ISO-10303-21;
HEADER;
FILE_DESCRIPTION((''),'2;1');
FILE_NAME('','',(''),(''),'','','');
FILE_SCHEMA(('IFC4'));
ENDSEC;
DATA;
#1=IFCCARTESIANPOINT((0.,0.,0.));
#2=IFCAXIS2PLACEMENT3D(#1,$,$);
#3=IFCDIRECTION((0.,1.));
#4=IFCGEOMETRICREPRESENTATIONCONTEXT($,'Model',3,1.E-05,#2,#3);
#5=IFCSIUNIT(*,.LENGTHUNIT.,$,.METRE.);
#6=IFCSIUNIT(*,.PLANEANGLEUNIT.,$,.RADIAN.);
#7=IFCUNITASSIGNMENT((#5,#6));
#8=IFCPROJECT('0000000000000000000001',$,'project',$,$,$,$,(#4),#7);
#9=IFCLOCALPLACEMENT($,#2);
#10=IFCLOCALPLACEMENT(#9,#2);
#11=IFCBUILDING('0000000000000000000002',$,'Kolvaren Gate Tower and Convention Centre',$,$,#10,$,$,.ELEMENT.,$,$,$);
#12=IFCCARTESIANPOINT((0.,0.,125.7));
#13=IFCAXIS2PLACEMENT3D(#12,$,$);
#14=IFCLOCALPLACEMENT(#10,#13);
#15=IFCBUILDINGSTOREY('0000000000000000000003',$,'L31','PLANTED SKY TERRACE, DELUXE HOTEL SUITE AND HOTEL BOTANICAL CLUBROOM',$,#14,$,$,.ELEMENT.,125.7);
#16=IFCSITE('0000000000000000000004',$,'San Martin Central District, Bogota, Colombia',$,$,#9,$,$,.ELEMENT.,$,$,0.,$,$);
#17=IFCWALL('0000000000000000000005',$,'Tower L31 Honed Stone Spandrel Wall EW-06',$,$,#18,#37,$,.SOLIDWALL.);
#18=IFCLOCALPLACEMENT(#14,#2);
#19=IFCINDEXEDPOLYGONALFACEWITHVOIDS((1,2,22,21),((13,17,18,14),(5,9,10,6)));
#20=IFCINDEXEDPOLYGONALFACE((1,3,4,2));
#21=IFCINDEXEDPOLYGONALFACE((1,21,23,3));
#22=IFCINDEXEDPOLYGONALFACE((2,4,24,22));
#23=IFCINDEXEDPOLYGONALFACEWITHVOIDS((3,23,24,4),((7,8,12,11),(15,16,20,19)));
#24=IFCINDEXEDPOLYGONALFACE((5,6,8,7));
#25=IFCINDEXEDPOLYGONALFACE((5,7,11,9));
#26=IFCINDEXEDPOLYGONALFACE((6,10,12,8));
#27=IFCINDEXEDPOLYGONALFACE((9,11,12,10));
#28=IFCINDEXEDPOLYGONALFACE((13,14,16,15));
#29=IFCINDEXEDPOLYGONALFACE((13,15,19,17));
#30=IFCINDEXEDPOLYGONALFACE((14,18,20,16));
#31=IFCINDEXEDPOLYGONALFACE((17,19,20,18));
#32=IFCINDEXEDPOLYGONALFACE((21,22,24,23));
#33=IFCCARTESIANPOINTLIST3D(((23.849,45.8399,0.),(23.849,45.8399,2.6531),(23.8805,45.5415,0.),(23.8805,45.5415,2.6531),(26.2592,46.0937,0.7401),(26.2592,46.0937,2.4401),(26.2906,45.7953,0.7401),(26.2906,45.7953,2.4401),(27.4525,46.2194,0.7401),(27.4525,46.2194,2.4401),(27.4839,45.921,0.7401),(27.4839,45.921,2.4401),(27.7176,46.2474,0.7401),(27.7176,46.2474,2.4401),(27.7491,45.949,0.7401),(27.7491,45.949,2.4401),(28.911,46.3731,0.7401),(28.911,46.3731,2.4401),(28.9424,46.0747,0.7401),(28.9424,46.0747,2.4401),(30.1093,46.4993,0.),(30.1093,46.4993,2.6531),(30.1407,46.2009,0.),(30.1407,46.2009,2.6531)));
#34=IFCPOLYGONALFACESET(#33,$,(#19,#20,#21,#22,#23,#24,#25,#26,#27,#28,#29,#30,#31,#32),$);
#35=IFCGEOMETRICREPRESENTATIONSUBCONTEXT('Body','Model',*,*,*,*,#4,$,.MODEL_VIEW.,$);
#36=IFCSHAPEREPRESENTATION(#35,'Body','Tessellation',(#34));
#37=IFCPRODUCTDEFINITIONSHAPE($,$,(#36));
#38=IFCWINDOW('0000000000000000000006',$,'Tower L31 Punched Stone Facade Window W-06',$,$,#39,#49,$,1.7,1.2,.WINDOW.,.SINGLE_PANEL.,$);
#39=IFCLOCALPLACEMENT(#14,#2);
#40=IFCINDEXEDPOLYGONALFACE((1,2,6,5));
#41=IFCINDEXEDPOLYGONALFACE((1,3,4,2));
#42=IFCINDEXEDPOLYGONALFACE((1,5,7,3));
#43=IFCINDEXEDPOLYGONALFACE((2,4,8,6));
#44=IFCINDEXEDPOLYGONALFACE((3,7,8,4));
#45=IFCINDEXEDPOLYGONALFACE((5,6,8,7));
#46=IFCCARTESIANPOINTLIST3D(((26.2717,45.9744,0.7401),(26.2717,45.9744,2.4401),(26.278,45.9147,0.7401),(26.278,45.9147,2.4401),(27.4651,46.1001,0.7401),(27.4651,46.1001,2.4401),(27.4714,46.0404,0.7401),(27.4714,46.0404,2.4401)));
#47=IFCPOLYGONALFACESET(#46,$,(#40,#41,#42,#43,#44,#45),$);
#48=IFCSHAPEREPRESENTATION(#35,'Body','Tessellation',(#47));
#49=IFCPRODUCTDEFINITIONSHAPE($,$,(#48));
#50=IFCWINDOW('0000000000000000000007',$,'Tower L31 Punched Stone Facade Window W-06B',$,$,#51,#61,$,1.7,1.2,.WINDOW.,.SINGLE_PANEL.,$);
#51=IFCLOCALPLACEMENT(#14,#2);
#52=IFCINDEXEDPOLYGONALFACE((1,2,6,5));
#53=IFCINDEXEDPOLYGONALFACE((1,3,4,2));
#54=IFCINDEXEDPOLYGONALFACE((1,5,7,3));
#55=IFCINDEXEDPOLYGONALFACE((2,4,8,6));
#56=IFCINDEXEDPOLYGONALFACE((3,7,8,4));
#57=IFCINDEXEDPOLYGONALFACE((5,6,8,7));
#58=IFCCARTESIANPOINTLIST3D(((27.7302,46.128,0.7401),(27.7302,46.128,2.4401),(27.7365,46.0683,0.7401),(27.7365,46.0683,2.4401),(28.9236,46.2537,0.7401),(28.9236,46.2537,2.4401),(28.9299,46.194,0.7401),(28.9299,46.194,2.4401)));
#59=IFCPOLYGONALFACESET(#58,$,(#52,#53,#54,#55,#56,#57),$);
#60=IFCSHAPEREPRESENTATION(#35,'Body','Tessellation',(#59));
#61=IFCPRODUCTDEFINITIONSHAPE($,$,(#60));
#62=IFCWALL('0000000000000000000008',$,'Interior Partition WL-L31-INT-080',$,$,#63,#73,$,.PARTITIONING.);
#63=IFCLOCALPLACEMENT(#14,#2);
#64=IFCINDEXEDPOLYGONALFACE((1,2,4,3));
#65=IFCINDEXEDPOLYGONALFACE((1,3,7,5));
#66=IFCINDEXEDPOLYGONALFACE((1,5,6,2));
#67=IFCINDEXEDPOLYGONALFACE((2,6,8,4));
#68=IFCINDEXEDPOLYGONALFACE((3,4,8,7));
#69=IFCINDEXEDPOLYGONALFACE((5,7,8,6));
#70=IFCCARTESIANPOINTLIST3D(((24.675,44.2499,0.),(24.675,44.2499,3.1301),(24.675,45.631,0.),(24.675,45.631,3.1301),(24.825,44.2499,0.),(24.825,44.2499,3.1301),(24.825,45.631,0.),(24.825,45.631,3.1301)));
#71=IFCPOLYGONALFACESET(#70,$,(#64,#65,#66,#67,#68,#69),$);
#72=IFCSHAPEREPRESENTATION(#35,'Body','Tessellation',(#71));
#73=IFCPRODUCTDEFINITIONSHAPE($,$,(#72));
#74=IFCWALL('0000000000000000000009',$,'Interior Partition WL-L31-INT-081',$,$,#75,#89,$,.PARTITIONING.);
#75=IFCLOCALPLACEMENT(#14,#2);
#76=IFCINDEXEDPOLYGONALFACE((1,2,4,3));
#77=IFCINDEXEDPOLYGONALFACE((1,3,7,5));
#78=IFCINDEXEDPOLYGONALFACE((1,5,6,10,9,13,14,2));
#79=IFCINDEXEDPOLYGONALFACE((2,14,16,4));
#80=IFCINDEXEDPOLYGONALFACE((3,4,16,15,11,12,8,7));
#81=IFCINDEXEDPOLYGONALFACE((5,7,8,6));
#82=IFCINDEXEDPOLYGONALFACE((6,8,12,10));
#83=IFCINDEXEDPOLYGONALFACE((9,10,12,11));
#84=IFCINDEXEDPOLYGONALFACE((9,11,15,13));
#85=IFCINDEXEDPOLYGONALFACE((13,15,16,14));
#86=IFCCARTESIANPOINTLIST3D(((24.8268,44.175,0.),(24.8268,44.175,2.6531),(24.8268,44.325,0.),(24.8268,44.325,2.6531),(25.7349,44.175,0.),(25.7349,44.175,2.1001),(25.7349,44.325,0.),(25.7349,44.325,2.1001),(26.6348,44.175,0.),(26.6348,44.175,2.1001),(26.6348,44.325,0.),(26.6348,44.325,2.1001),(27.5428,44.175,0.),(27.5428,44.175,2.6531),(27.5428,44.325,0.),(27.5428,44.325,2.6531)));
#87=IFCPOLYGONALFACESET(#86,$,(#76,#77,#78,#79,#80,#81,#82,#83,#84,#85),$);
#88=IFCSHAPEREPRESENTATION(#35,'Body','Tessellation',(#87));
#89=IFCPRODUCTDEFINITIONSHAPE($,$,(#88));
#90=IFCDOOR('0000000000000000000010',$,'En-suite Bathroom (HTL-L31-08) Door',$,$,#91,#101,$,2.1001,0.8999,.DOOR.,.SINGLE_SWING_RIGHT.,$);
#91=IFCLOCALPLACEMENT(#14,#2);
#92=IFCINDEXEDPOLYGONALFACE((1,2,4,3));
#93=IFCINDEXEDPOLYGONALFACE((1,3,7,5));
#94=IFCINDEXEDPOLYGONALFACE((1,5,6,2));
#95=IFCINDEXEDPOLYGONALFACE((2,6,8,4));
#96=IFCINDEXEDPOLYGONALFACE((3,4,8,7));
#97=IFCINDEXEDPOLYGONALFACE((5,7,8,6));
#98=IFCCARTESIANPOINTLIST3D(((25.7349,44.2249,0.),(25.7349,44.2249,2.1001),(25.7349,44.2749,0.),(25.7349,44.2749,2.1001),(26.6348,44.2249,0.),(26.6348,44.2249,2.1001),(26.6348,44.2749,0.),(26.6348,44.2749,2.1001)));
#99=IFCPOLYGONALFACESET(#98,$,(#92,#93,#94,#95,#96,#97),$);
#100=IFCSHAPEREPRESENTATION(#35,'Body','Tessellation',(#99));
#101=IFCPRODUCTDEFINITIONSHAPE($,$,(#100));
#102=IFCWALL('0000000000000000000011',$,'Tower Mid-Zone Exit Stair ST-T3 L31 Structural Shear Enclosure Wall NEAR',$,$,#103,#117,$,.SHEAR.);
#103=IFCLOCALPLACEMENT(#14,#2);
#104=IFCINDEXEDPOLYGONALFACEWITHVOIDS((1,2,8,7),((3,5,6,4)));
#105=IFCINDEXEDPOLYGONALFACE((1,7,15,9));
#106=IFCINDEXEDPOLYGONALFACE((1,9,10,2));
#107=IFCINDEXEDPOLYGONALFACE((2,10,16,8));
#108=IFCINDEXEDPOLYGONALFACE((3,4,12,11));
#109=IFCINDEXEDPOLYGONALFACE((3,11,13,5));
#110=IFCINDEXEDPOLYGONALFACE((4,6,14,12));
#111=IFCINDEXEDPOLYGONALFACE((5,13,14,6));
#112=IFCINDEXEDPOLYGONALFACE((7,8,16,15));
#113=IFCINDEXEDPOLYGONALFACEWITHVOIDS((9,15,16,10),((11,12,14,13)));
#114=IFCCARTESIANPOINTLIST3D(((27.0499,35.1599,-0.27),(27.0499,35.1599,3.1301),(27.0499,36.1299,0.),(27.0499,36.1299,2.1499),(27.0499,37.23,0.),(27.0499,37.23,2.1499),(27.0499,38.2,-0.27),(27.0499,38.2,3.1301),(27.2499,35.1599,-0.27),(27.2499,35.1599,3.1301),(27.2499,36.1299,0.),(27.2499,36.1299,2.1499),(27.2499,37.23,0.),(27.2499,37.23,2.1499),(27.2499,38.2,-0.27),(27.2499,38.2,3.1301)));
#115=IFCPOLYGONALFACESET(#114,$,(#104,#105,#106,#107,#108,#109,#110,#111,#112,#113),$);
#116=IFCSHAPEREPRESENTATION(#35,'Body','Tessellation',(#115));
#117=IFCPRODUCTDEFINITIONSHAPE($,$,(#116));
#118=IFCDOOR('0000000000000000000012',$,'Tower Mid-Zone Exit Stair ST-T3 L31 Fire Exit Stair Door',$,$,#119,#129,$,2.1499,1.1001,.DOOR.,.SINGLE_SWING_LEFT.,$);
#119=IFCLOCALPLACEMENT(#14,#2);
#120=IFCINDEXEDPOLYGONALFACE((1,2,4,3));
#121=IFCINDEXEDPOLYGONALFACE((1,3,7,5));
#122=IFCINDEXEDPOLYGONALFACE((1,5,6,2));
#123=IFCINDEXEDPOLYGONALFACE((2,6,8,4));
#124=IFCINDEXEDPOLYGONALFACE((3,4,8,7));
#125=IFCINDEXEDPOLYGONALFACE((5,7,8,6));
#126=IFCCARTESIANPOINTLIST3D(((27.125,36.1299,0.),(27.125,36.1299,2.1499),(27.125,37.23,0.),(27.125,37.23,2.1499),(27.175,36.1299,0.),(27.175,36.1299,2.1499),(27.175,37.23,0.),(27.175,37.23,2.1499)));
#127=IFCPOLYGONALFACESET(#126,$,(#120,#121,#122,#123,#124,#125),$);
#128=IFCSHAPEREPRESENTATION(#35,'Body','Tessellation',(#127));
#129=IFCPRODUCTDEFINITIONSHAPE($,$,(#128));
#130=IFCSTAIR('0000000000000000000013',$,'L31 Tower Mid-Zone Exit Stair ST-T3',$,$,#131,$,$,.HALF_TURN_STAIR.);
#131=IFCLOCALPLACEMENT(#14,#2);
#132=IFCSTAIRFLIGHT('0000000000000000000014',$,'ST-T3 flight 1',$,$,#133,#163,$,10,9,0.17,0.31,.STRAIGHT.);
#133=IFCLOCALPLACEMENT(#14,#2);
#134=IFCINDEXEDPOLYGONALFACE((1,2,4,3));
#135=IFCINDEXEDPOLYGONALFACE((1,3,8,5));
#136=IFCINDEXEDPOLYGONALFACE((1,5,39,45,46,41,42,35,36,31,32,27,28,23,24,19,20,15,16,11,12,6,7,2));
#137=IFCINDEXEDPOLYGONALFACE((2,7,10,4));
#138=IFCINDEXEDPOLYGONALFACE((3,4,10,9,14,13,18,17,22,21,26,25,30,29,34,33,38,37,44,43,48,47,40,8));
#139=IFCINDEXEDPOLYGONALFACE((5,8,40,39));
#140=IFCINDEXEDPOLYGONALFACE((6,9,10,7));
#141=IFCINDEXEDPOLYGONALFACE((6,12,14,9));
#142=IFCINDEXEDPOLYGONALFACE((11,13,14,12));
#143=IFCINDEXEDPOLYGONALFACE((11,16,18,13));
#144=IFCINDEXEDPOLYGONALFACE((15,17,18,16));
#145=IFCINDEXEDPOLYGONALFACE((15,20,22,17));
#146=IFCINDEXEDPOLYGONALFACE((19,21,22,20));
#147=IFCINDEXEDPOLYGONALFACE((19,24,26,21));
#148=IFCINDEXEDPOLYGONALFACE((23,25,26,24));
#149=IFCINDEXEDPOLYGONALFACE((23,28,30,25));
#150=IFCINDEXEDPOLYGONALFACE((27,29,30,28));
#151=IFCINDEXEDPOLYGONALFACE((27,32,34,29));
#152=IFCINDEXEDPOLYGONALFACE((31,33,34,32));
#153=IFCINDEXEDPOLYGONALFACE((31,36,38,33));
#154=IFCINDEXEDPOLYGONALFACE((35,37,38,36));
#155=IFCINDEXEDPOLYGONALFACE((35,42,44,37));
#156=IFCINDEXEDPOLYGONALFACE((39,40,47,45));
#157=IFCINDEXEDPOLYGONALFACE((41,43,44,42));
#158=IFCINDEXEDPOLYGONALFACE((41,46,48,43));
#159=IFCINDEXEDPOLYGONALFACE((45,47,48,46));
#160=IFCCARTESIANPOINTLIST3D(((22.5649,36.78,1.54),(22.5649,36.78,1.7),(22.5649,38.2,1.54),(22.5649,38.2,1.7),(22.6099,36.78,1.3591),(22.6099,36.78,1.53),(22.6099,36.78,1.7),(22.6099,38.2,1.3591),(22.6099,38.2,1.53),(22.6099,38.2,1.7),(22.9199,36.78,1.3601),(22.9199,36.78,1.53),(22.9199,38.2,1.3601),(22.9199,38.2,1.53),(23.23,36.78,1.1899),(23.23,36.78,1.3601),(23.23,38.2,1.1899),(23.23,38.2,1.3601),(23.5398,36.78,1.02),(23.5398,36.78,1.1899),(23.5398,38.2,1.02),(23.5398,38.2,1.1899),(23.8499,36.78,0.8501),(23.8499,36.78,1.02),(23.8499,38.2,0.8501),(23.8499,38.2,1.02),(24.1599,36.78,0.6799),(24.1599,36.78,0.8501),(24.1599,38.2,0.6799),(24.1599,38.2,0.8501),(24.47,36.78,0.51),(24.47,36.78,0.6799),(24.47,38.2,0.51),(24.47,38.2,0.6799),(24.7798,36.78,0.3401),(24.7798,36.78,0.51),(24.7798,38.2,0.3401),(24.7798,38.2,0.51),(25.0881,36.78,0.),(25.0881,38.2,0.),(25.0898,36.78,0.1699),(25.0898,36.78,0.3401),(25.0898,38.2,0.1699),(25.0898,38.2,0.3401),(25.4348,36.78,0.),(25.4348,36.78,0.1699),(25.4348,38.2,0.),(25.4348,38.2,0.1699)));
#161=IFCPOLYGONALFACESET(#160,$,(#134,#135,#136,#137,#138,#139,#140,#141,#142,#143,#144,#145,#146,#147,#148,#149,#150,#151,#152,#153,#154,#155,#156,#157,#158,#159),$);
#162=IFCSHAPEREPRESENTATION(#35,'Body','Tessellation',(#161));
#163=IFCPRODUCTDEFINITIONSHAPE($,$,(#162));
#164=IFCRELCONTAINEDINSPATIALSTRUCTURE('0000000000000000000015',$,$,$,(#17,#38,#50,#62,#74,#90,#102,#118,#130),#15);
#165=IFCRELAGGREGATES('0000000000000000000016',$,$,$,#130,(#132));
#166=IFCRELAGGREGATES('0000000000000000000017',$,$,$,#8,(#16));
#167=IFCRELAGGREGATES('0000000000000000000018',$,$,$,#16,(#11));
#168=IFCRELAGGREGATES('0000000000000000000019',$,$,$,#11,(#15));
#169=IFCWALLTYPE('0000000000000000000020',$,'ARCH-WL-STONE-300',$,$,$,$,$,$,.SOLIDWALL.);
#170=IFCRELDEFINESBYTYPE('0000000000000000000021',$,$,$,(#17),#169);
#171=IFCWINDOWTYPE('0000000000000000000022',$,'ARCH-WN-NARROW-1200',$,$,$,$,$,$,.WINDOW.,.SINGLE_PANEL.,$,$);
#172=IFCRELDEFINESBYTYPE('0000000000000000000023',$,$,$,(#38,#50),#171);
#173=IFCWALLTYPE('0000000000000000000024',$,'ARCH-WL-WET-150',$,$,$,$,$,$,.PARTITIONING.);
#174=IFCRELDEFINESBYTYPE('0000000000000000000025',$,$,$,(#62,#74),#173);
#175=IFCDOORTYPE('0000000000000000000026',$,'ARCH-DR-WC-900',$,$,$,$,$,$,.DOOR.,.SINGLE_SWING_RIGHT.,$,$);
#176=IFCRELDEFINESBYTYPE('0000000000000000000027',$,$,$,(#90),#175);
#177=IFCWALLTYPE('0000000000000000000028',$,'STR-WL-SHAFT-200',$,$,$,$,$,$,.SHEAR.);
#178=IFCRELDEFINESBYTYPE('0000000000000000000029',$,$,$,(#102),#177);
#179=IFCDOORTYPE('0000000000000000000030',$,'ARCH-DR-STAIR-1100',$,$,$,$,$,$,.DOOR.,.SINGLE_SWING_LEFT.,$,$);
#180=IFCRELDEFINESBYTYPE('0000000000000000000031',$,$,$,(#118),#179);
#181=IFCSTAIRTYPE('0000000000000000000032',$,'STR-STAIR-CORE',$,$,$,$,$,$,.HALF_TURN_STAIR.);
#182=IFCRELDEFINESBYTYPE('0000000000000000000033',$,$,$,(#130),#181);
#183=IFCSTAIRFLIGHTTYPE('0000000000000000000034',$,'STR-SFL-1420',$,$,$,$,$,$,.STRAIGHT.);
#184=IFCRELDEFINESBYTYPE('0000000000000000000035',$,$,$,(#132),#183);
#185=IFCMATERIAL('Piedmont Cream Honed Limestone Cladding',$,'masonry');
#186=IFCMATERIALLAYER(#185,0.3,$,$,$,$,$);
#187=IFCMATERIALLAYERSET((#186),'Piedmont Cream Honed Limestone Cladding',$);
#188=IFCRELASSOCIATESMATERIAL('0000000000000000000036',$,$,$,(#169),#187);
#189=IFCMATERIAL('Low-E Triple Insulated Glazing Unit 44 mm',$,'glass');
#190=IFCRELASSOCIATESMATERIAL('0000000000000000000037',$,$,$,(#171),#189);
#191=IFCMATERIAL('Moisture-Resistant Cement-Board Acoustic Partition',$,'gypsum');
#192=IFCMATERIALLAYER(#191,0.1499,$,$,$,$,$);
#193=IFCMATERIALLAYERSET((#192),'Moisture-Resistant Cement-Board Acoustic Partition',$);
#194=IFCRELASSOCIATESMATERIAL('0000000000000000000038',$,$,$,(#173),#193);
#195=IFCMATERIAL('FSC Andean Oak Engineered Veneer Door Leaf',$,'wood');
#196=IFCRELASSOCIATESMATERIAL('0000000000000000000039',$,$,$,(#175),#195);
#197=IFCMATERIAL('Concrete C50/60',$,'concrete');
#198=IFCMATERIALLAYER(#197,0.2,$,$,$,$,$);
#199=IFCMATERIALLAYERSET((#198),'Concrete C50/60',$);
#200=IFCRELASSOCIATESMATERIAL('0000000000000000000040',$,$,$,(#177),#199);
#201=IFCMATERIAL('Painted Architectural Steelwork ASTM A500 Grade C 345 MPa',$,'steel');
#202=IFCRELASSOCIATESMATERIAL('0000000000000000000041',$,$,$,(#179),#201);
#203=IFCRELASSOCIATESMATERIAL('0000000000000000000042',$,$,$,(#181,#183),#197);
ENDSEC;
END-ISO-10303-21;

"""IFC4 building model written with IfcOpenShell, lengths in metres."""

from ifc_helpers import new_model, si_unit, direction, frame, frame_2d, origin, place, context, subcontext, project, spatial, polyline, rectangle, outline, extrude, material, layer, layer_set, type_object, element, fill, aggregate, save


model = new_model("IFC4")

# Units and contexts
model_context = context("Model", 3, precision=1e-05, world=origin(), true_north=direction((0.0, 1.0)))
body_context = subcontext(model_context, "Body", "Model", "MODEL_VIEW")
ifc_project = project(units=[si_unit("LENGTHUNIT", "METRE"), si_unit("PLANEANGLEUNIT", "RADIAN")], contexts=[model_context])

# Site, building, storey
site_placement = place(None, origin())
site = spatial("IfcSite", under=ifc_project, at=site_placement, Name="San Martin Central District, Bogota, Colombia", CompositionType="ELEMENT", RefElevation=0.0)
building_placement = place(site_placement, origin())
building = spatial("IfcBuilding", under=site, at=building_placement, Name="Kolvaren Gate Tower and Convention Centre", CompositionType="ELEMENT")
storey_placement = place(building_placement, frame((0.0, 0.0, 125.7)))
storey = spatial("IfcBuildingStorey", under=building, at=storey_placement, Name="L31", Description="PLANTED SKY TERRACE, DELUXE HOTEL SUITE AND HOTEL BOTANICAL CLUBROOM", CompositionType="ELEMENT", Elevation=125.7)

# Shared definitions
ifc_material_1 = material(Name="Painted Architectural Steelwork ASTM A500 Grade C 345 MPa", Category="steel")

# Wall, openings, windows
ifc_material_2 = material(Name="Piedmont Cream Honed Limestone Cladding", Category="masonry")
ifc_layer_1 = layer(ifc_material_2, 0.3)
ifc_layer_set_1 = layer_set([ifc_layer_1], Name="Piedmont Cream Honed Limestone Cladding")
wall_type_1 = type_object("IfcWallType", Name="ARCH-WL-STONE-300", PredefinedType="SOLIDWALL", material=ifc_layer_set_1)
wall_1_placement = place(storey_placement, frame((23.8647, 45.6907, 0.0), z_axis=(0.0, 0.0, 1.0), x_axis=(0.994498, 0.104755, 0.0)))
wall_1 = element("IfcWall", 1, at=wall_1_placement, inside=storey, type_object=wall_type_1, Name="Tower L31 Honed Stone Spandrel Wall EW-06", PredefinedType="SOLIDWALL", context=body_context, shape_type="SweptSolid", body=[
    extrude(rectangle(XDim=6.2949, YDim=0.3, at=frame_2d((3.1475, 0.0))), origin(), (0.0, 0.0, 1.0), 2.6531),
])
opening_1_placement = place(wall_1_placement, frame((2.4233, 0.0, 0.74)))
opening_1 = element("IfcOpeningElement", 2, at=opening_1_placement, cuts=wall_1, PredefinedType="OPENING", context=body_context, shape_type="SweptSolid", body=[
    extrude(rectangle(XDim=1.2, YDim=1.7, at=frame_2d((0.6001, 0.8501))), frame((0.0, 0.1599, 0.0), z_axis=(0.0, -1.0, 0.0), x_axis=(1.0, 0.0, 0.0)), (0.0, 0.0, 1.0), 0.3201),
])
opening_2_placement = place(wall_1_placement, frame((3.8899, 0.0, 0.74)))
opening_2 = element("IfcOpeningElement", 3, at=opening_2_placement, cuts=wall_1, PredefinedType="OPENING", context=body_context, shape_type="SweptSolid", body=[
    extrude(rectangle(XDim=1.2, YDim=1.7, at=frame_2d((0.6001, 0.8501))), frame((0.0, 0.1599, 0.0), z_axis=(0.0, -1.0, 0.0), x_axis=(1.0, 0.0, 0.0)), (0.0, 0.0, 1.0), 0.3201),
])
ifc_material_3 = material(Name="Low-E Triple Insulated Glazing Unit 44 mm", Category="glass")
window_type = type_object("IfcWindowType", Name="ARCH-WN-NARROW-1200", PartitioningType="SINGLE_PANEL", PredefinedType="WINDOW", material=ifc_material_3)
window_1_placement = place(opening_1_placement, origin())
window_1 = element("IfcWindow", 4, at=window_1_placement, inside=storey, type_object=window_type, Name="Tower L31 Punched Stone Facade Window W-06", OverallHeight=1.7, OverallWidth=1.2, PartitioningType="SINGLE_PANEL", PredefinedType="WINDOW", context=body_context, shape_type="SweptSolid", body=[
    extrude(rectangle(XDim=1.2, YDim=1.7, at=frame_2d((0.6001, 0.8501))), frame((0.0, 0.03, 0.0), z_axis=(0.0, -1.0, 0.0), x_axis=(1.0, 0.0, 0.0)), (0.0, 0.0, 1.0), 0.0601),
])
fill(opening_1, window_1)
window_2_placement = place(opening_2_placement, origin())
window_2 = element("IfcWindow", 5, at=window_2_placement, inside=storey, type_object=window_type, Name="Tower L31 Punched Stone Facade Window W-06B", OverallHeight=1.7, OverallWidth=1.2, PartitioningType="SINGLE_PANEL", PredefinedType="WINDOW", context=body_context, shape_type="SweptSolid", body=[
    extrude(rectangle(XDim=1.2, YDim=1.7, at=frame_2d((0.6001, 0.8501))), frame((0.0, 0.03, 0.0), z_axis=(0.0, -1.0, 0.0), x_axis=(1.0, 0.0, 0.0)), (0.0, 0.0, 1.0), 0.0601),
])
fill(opening_2, window_2)

# Wall
ifc_material_4 = material(Name="Moisture-Resistant Cement-Board Acoustic Partition", Category="gypsum")
ifc_layer_2 = layer(ifc_material_4, 0.1499)
ifc_layer_set_2 = layer_set([ifc_layer_2], Name="Moisture-Resistant Cement-Board Acoustic Partition")
wall_type_2 = type_object("IfcWallType", Name="ARCH-WL-WET-150", PredefinedType="PARTITIONING", material=ifc_layer_set_2)
wall_2_placement = place(storey_placement, frame((24.75, 44.25, 0.0), z_axis=(0.0, 0.0, 1.0), x_axis=(0.0, 1.0, 0.0)))
element("IfcWall", 6, at=wall_2_placement, inside=storey, type_object=wall_type_2, Name="Interior Partition WL-L31-INT-080", PredefinedType="PARTITIONING", context=body_context, shape_type="SweptSolid", body=[
    extrude(rectangle(XDim=1.3811, YDim=0.1499, at=frame_2d((0.6904, 0.0))), origin(), (0.0, 0.0, 1.0), 3.1301),
])

# Walls, openings, doors
wall_3_placement = place(storey_placement, frame((24.8269, 44.25, 0.0), z_axis=(0.0, 0.0, 1.0), x_axis=(1.0, 0.0, 0.0)))
wall_3 = element("IfcWall", 7, at=wall_3_placement, inside=storey, type_object=wall_type_2, Name="Interior Partition WL-L31-INT-081", PredefinedType="PARTITIONING", context=body_context, shape_type="SweptSolid", body=[
    extrude(rectangle(XDim=2.7161, YDim=0.1499, at=frame_2d((1.3579, 0.0))), origin(), (0.0, 0.0, 1.0), 2.6531),
])
opening_3_placement = place(wall_3_placement, frame((0.908, 0.0, 0.0)))
opening_3 = element("IfcOpeningElement", 8, at=opening_3_placement, cuts=wall_3, PredefinedType="OPENING", context=body_context, shape_type="SweptSolid", body=[
    extrude(rectangle(XDim=0.8999, YDim=2.1001, at=frame_2d((0.45, 1.05))), frame((0.0, 0.085, 0.0), z_axis=(0.0, -1.0, 0.0), x_axis=(1.0, 0.0, 0.0)), (0.0, 0.0, 1.0), 0.1699),
])
ifc_material_5 = material(Name="FSC Andean Oak Engineered Veneer Door Leaf", Category="wood")
door_type_1 = type_object("IfcDoorType", Name="ARCH-DR-WC-900", OperationType="SINGLE_SWING_RIGHT", PredefinedType="DOOR", material=ifc_material_5)
door_1_placement = place(opening_3_placement, origin())
door_1 = element("IfcDoor", 9, at=door_1_placement, inside=storey, type_object=door_type_1, Name="En-suite Bathroom (HTL-L31-08) Door", OperationType="SINGLE_SWING_RIGHT", OverallHeight=2.1001, OverallWidth=0.8999, PredefinedType="DOOR", context=body_context, shape_type="SweptSolid", body=[
    extrude(rectangle(XDim=0.8999, YDim=2.1001, at=frame_2d((0.45, 1.05))), frame((0.0, 0.0249, 0.0), z_axis=(0.0, -1.0, 0.0), x_axis=(1.0, 0.0, 0.0)), (0.0, 0.0, 1.0), 0.05),
])
fill(opening_3, door_1)
ifc_material_6 = material(Name="Concrete C50/60", Category="concrete")
ifc_layer_3 = layer(ifc_material_6, 0.2)
ifc_layer_set_3 = layer_set([ifc_layer_3], Name="Concrete C50/60")
wall_type_3 = type_object("IfcWallType", Name="STR-WL-SHAFT-200", PredefinedType="SHEAR", material=ifc_layer_set_3)
wall_4_placement = place(storey_placement, frame((27.1499, 35.1599, -0.27), z_axis=(0.0, 0.0, 1.0), x_axis=(0.0, 1.0, 0.0)))
wall_4 = element("IfcWall", 10, at=wall_4_placement, inside=storey, type_object=wall_type_3, Name="Tower Mid-Zone Exit Stair ST-T3 L31 Structural Shear Enclosure Wall NEAR", PredefinedType="SHEAR", context=body_context, shape_type="SweptSolid", body=[
    extrude(rectangle(XDim=3.04, YDim=0.2, at=frame_2d((1.52, 0.0))), origin(), (0.0, 0.0, 1.0), 3.4001),
])
opening_4_placement = place(wall_4_placement, frame((0.97, 0.0, 0.27)))
opening_4 = element("IfcOpeningElement", 11, at=opening_4_placement, cuts=wall_4, PredefinedType="OPENING", context=body_context, shape_type="SweptSolid", body=[
    extrude(rectangle(XDim=1.1001, YDim=2.1499, at=frame_2d((0.55, 1.075))), frame((0.0, 0.1099, 0.0), z_axis=(0.0, -1.0, 0.0), x_axis=(1.0, 0.0, 0.0)), (0.0, 0.0, 1.0), 0.22),
])
door_type_2 = type_object("IfcDoorType", Name="ARCH-DR-STAIR-1100", OperationType="SINGLE_SWING_LEFT", PredefinedType="DOOR", material=ifc_material_1)
door_2_placement = place(opening_4_placement, origin())
door_2 = element("IfcDoor", 12, at=door_2_placement, inside=storey, type_object=door_type_2, Name="Tower Mid-Zone Exit Stair ST-T3 L31 Fire Exit Stair Door", OperationType="SINGLE_SWING_LEFT", OverallHeight=2.1499, OverallWidth=1.1001, PredefinedType="DOOR", context=body_context, shape_type="SweptSolid", body=[
    extrude(rectangle(XDim=1.1001, YDim=2.1499, at=frame_2d((0.55, 1.075))), frame((0.0, 0.0249, 0.0), z_axis=(0.0, -1.0, 0.0), x_axis=(1.0, 0.0, 0.0)), (0.0, 0.0, 1.0), 0.05),
])
fill(opening_4, door_2)

# Stair, stair flight
stair_type = type_object("IfcStairType", Name="STR-STAIR-CORE", PredefinedType="HALF_TURN_STAIR", material=ifc_material_6)
stair_placement = place(storey_placement, origin())
stair = element("IfcStair", 13, at=stair_placement, inside=storey, type_object=stair_type, Name="L31 Tower Mid-Zone Exit Stair ST-T3", PredefinedType="HALF_TURN_STAIR")
stair_flight_type = type_object("IfcStairFlightType", Name="STR-SFL-1420", PredefinedType="STRAIGHT", material=ifc_material_6)
stair_flight_1_placement = place(storey_placement, frame((25.3999, 37.49, 0.0), z_axis=(0.0, 0.0, 1.0), x_axis=(-1.0, 0.0, 0.0)))
stair_flight_1 = element("IfcStairFlight", 14, at=stair_flight_1_placement, type_object=stair_flight_type, Name="ST-T3 flight 1", NumberOfRisers=10, NumberOfTreads=9, PredefinedType="STRAIGHT", RiserHeight=0.17, TreadLength=0.31, context=body_context, shape_type="SweptSolid", body=[
    extrude(outline(polyline([(-0.0349, 0.0), (-0.0349, 0.1699), (0.3101, 0.1699), (0.3101, 0.3401), (0.6201, 0.3401), (0.6201, 0.51), (0.9299, 0.51), (0.9299, 0.6799), (1.24, 0.6799), (1.24, 0.8501), (1.55, 0.8501), (1.55, 1.02), (1.8601, 1.02), (1.8601, 1.1899), (2.1699, 1.1899), (2.1699, 1.3601), (2.48, 1.3601), (2.48, 1.53), (2.79, 1.53), (2.79, 1.7), (2.835, 1.7), (2.835, 1.54), (2.79, 1.3591), (0.3118, 0.0), (-0.0349, 0.0)])), frame((0.0, 0.71, 0.0), z_axis=(0.0, -1.0, 0.0), x_axis=(1.0, 0.0, 0.0)), (0.0, 0.0, 1.0), 1.4199),
])
aggregate(stair, [stair_flight_1])

save(model, "model.ifc")
